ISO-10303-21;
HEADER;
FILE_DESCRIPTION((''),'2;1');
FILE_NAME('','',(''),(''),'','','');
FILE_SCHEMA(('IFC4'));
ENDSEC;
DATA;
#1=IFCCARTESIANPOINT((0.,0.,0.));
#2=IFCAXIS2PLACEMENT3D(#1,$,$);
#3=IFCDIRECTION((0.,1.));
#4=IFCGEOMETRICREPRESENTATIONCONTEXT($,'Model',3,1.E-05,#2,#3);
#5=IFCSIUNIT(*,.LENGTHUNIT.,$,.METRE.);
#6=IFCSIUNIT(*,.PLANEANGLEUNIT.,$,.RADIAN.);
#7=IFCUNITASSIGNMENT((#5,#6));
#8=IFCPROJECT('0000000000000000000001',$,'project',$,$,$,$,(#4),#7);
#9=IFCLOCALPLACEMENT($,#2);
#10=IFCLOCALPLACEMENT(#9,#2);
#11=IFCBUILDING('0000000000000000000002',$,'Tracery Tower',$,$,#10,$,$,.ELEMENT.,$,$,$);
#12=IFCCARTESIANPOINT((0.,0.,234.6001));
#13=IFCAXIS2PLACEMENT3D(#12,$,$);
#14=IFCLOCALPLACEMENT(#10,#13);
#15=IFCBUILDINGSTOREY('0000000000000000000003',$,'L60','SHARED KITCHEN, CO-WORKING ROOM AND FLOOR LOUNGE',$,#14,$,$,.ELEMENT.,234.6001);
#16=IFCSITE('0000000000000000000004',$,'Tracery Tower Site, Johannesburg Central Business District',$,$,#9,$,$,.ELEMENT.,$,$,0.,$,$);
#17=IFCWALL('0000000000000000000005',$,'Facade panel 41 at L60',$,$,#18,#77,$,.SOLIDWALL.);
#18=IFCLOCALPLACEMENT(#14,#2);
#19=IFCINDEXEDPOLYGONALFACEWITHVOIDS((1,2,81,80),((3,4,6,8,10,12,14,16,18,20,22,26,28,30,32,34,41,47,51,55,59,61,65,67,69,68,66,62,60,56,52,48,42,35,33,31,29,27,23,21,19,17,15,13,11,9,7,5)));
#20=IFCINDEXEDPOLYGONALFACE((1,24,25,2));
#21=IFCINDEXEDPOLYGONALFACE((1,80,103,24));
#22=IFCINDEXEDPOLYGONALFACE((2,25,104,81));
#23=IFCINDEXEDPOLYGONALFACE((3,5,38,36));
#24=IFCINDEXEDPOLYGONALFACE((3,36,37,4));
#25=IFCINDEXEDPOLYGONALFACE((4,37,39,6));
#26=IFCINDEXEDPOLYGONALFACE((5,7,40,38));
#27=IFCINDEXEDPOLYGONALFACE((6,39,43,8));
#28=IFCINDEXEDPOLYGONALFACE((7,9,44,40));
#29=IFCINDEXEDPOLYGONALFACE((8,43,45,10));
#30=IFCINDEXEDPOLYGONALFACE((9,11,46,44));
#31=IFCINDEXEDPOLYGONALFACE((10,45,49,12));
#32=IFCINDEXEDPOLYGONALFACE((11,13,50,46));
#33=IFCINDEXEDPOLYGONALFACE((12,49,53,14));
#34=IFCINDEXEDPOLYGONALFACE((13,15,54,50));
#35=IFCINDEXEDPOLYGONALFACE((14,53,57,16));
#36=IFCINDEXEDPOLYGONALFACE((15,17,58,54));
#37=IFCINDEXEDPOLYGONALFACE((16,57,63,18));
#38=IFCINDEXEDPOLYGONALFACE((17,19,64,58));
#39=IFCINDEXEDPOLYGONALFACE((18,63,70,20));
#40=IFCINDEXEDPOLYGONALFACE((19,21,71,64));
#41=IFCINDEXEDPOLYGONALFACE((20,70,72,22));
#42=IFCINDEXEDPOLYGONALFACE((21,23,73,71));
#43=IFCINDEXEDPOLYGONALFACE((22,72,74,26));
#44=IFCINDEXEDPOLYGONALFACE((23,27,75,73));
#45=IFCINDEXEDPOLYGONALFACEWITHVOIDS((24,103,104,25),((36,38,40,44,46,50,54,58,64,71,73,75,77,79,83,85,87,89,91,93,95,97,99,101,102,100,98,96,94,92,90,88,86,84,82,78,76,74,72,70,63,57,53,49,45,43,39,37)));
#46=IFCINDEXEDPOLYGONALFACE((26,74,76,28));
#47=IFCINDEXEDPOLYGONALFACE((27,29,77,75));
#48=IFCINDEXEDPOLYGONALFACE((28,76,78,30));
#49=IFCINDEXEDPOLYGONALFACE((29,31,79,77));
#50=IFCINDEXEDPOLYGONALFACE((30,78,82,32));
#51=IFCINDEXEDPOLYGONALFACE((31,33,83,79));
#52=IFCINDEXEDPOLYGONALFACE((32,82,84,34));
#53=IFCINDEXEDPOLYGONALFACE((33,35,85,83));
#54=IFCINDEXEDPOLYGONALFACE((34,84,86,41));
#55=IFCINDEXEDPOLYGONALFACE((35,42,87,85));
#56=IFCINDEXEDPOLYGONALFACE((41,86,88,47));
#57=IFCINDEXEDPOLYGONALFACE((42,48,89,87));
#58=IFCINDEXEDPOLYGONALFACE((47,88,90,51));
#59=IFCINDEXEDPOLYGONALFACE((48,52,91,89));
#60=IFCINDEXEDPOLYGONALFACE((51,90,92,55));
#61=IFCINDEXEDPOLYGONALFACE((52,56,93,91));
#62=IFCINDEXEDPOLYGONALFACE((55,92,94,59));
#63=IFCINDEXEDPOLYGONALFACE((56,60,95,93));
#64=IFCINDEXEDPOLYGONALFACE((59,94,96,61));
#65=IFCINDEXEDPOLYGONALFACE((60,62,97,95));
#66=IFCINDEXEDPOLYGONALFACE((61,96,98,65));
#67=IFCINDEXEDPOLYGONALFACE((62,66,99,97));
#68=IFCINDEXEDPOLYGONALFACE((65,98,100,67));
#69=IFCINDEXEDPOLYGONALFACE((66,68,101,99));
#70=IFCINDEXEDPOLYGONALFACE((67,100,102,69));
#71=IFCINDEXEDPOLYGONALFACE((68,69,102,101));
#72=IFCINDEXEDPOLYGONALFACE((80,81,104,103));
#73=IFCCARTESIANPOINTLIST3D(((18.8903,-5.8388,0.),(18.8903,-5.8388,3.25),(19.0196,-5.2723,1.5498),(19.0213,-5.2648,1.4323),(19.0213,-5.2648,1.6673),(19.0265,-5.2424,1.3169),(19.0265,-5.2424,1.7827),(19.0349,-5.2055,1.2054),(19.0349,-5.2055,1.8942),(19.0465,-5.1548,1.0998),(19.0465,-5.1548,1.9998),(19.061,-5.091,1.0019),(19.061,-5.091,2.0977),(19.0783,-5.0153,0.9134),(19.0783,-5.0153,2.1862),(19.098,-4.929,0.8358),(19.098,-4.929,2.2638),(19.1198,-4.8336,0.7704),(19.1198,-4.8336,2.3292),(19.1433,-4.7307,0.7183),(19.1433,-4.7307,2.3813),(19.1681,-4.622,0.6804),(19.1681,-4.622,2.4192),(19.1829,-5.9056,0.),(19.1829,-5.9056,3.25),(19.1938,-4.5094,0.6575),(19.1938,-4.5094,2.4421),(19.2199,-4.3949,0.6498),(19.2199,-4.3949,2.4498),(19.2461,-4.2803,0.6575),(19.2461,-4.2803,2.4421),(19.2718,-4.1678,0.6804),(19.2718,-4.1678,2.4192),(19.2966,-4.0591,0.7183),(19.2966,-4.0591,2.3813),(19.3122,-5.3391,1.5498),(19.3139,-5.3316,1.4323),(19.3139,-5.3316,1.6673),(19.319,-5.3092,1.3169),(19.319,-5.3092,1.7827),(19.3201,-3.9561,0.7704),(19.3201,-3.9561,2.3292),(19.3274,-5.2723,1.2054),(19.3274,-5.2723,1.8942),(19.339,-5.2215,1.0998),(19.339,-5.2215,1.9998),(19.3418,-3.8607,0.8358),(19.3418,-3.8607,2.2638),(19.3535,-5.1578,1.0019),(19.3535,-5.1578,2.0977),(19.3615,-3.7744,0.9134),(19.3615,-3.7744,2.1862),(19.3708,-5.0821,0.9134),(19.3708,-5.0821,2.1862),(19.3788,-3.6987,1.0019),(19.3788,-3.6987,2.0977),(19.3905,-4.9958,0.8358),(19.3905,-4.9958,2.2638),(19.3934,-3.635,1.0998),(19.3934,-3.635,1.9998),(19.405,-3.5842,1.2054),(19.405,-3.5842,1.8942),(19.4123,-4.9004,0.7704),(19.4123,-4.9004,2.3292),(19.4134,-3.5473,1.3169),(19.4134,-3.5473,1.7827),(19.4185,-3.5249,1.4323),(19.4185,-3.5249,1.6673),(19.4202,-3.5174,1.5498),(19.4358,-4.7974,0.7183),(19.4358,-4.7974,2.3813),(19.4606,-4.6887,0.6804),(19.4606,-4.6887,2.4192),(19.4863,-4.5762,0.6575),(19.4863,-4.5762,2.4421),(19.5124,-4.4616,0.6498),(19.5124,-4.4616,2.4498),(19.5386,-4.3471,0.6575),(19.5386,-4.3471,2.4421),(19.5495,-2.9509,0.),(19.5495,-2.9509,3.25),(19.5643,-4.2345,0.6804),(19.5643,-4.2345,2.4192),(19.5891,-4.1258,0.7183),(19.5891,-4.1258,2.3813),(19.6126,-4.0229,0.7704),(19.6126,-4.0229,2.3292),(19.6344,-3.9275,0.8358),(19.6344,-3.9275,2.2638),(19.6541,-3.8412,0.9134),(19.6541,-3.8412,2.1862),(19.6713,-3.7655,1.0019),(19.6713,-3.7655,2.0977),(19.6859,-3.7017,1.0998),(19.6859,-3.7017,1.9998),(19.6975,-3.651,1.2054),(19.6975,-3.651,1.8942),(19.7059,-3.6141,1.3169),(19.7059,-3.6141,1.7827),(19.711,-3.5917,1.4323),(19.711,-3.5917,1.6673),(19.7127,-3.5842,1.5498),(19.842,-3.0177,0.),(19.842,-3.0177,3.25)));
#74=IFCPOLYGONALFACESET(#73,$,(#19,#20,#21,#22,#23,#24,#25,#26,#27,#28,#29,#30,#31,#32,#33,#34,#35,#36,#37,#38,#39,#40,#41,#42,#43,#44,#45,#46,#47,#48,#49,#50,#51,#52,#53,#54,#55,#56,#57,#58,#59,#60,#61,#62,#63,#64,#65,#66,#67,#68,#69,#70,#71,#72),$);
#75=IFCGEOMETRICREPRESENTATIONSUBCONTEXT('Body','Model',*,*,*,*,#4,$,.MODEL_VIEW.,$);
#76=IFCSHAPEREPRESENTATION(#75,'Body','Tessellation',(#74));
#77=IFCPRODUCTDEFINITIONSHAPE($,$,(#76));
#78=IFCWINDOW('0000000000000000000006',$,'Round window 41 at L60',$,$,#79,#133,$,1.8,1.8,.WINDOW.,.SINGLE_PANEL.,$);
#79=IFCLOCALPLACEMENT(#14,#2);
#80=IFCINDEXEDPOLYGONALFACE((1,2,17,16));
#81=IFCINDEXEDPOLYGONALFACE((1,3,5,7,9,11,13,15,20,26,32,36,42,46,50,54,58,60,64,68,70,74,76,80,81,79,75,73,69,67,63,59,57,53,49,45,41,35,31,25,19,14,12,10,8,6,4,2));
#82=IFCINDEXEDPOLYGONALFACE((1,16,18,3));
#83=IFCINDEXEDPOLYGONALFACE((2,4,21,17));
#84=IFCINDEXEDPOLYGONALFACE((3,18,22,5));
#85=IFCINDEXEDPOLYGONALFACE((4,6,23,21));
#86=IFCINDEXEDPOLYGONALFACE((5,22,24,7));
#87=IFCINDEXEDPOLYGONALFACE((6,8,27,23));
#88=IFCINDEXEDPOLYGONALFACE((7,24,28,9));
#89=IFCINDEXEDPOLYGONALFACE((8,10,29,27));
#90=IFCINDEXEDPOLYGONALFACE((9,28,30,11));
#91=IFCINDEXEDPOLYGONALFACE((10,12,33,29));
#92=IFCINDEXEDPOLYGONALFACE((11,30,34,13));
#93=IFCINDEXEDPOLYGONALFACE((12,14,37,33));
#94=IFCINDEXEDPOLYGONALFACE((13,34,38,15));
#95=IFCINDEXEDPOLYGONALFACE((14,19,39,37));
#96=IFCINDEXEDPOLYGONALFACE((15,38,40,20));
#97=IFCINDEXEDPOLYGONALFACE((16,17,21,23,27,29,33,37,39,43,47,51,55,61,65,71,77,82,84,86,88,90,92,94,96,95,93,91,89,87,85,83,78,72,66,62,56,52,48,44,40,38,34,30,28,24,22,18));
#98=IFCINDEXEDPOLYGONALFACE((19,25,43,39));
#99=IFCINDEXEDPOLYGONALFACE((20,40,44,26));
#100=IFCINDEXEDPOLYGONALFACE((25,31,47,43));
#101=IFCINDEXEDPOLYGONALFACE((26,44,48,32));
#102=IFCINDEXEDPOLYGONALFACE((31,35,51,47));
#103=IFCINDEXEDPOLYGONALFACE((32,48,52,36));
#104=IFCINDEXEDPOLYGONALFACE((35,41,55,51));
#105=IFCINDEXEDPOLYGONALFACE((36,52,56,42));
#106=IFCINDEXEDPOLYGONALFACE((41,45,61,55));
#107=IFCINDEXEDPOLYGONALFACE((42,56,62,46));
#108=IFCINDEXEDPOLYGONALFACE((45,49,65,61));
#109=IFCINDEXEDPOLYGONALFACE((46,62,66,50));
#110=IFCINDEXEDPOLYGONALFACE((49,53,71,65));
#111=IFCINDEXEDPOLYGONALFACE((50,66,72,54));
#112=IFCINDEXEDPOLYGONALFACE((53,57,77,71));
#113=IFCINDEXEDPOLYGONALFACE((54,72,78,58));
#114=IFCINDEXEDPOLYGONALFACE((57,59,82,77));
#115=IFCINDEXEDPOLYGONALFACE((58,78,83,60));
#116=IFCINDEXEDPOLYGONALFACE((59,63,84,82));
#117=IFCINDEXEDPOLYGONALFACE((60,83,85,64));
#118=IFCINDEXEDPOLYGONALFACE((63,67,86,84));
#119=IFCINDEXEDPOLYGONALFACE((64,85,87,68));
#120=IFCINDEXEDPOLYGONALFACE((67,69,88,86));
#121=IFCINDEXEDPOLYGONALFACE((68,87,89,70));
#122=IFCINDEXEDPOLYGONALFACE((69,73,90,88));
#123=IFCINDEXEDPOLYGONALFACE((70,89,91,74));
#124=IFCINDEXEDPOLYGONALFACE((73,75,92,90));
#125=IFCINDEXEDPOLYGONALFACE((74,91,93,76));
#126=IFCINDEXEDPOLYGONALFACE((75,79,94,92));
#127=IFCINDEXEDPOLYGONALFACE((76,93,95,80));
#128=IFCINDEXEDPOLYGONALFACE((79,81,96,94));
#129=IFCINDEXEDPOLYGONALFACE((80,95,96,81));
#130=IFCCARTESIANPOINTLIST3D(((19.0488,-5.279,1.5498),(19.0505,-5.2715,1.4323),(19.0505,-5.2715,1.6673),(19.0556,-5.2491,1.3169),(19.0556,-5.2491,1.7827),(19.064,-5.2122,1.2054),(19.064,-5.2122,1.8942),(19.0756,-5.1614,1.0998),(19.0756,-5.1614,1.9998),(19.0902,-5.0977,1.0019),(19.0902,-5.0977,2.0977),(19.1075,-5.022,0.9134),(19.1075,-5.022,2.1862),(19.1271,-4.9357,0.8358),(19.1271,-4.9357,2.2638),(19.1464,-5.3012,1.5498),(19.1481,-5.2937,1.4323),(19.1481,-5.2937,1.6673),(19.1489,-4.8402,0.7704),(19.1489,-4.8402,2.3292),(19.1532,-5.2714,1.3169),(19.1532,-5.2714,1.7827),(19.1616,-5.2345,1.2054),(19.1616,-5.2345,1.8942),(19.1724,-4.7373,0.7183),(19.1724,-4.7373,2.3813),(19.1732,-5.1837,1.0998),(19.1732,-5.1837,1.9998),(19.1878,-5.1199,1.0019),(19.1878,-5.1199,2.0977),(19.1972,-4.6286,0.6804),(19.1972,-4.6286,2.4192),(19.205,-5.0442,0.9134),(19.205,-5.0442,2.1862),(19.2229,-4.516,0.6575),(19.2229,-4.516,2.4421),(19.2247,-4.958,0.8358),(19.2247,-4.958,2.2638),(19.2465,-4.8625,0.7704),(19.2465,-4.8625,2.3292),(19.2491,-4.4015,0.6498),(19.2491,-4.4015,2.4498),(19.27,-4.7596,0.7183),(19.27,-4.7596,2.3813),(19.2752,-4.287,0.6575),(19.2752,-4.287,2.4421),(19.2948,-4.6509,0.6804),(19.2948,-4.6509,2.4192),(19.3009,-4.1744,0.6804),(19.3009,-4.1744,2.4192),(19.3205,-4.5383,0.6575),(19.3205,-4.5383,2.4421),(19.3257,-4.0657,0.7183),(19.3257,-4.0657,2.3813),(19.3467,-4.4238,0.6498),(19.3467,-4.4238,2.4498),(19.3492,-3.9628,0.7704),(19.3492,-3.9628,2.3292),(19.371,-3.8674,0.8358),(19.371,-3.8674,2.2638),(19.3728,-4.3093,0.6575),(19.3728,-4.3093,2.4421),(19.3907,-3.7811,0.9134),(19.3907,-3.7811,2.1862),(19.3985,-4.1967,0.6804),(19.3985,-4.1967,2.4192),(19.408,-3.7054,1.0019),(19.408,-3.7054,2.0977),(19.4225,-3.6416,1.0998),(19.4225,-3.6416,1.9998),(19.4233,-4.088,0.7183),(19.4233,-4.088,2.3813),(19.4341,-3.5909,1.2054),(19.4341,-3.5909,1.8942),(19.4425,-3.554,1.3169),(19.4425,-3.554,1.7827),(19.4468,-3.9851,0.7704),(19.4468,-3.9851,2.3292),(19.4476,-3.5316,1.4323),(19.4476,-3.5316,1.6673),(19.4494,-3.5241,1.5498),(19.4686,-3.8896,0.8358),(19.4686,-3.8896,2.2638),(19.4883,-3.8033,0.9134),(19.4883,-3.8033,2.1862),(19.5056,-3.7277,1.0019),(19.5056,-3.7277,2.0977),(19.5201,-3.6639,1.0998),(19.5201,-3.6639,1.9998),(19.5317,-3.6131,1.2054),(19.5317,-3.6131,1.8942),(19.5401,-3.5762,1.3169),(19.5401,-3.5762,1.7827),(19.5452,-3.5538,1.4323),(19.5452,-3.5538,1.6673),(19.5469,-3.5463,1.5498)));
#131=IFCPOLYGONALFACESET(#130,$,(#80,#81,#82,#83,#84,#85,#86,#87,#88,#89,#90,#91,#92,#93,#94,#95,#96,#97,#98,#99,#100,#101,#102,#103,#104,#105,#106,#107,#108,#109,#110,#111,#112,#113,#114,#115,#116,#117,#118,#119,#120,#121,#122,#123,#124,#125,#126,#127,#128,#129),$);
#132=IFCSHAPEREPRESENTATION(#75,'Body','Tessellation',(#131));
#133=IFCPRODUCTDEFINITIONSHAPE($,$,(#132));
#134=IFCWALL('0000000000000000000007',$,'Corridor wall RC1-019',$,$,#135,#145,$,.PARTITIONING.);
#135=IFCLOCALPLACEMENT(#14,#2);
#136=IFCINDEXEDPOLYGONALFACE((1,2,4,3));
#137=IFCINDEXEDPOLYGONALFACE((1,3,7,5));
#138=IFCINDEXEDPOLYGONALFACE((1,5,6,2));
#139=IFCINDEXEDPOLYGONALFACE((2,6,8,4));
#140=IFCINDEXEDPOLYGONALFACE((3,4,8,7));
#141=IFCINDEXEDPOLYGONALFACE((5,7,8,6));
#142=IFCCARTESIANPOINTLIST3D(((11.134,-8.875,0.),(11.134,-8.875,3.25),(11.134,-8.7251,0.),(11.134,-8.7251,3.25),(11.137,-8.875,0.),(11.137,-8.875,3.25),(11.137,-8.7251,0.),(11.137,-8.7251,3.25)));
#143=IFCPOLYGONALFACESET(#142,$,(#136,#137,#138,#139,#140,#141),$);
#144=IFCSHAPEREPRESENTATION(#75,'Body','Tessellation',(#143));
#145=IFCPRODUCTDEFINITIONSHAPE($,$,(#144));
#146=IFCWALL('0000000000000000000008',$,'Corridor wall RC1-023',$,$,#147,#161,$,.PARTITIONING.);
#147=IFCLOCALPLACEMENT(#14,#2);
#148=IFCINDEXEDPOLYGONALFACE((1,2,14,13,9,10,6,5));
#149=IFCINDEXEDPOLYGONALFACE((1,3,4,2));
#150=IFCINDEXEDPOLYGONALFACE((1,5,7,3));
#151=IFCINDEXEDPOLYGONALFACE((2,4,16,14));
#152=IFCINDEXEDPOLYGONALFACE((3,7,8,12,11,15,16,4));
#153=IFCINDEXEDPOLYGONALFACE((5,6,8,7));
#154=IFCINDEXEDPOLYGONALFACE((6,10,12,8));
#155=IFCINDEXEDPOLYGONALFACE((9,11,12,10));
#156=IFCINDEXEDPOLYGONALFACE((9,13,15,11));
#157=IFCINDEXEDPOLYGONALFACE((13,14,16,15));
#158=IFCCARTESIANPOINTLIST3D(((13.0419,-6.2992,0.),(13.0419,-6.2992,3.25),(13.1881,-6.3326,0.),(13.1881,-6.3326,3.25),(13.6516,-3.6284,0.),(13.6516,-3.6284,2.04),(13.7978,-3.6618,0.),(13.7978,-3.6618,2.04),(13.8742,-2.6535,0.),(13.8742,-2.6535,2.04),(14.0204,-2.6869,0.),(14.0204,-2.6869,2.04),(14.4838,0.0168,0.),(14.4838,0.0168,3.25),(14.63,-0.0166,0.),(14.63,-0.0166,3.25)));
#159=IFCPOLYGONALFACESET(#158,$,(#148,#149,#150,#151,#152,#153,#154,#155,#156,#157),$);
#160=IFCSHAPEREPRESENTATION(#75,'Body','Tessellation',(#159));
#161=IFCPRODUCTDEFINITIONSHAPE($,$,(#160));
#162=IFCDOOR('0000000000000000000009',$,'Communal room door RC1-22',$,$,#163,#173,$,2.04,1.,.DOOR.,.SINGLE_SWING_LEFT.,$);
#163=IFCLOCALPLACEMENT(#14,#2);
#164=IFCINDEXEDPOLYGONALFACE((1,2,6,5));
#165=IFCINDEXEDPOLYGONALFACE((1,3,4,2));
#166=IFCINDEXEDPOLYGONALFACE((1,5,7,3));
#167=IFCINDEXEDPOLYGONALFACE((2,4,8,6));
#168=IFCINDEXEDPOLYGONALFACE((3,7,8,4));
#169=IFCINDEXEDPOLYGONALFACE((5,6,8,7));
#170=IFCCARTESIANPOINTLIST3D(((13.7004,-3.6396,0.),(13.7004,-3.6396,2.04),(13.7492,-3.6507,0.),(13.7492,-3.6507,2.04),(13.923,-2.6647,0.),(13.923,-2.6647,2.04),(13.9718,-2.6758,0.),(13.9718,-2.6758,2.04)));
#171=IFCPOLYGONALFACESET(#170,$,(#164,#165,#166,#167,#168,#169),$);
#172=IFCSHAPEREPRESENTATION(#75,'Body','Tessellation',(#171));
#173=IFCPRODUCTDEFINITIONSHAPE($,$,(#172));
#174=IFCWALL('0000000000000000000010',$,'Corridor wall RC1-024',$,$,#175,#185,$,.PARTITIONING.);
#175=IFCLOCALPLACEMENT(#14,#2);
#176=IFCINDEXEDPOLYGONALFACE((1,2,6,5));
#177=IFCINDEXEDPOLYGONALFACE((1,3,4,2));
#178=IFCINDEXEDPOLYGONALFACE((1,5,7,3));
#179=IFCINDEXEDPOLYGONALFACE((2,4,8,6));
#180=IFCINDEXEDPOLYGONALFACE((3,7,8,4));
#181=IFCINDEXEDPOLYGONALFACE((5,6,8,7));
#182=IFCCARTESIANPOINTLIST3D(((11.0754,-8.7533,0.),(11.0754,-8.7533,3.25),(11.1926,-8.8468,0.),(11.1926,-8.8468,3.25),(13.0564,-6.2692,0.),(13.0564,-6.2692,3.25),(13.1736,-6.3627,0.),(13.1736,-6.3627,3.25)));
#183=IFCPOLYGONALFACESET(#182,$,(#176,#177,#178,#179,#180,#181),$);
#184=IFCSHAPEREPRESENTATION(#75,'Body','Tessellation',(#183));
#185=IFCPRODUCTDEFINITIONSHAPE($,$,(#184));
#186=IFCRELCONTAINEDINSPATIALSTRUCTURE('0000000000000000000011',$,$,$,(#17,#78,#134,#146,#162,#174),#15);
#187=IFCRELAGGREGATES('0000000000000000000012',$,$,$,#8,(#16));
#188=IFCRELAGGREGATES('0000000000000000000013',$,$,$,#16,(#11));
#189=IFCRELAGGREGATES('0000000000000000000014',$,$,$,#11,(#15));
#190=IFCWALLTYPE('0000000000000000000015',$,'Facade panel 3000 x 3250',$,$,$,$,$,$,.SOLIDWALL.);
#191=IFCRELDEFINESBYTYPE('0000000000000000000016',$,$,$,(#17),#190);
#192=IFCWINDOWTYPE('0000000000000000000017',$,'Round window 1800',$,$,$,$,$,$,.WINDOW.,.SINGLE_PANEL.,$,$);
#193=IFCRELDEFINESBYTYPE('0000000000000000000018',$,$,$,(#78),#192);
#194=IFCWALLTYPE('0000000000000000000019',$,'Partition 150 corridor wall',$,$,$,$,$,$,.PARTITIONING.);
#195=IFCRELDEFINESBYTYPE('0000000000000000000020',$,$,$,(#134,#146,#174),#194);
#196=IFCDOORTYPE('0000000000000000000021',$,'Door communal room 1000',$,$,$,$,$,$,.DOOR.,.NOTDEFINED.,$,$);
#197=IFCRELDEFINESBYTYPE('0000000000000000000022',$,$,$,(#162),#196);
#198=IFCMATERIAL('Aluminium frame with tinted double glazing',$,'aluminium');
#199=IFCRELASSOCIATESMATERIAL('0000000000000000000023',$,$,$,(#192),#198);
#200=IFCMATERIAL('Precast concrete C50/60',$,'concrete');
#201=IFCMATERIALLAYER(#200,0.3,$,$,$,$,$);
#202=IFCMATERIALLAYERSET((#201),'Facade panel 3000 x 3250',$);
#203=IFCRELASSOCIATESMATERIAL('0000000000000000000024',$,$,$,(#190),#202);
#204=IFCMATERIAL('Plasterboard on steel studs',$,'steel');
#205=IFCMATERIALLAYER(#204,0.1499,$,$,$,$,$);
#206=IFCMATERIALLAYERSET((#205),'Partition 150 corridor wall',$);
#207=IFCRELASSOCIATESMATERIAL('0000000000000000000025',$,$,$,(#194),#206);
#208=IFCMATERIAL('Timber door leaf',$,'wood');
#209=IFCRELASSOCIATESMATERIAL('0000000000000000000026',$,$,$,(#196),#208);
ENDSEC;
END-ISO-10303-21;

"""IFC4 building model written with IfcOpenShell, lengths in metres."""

from ifc_helpers import new_model, si_unit, direction, frame, frame_2d, origin, origin_2d, place, context, subcontext, project, spatial, rectangle, circle, extrude, material, layer, layer_set, type_object, element, fill, save


model = new_model("IFC4")

# Units and contexts
model_context = context("Model", 3, precision=1e-05, world=origin(), true_north=direction((0.0, 1.0)))
body_context = subcontext(model_context, "Body", "Model", "MODEL_VIEW")
ifc_project = project(units=[si_unit("LENGTHUNIT", "METRE"), si_unit("PLANEANGLEUNIT", "RADIAN")], contexts=[model_context])

# Site, building, storey
site_placement = place(None, origin())
site = spatial("IfcSite", under=ifc_project, at=site_placement, Name="Tracery Tower Site, Johannesburg Central Business District", CompositionType="ELEMENT", RefElevation=0.0)
building_placement = place(site_placement, origin())
building = spatial("IfcBuilding", under=site, at=building_placement, Name="Tracery Tower", CompositionType="ELEMENT")
storey_placement = place(building_placement, frame((0.0, 0.0, 234.6001)))
storey = spatial("IfcBuildingStorey", under=building, at=storey_placement, Name="L60", Description="SHARED KITCHEN, CO-WORKING ROOM AND FLOOR LOUNGE", CompositionType="ELEMENT", Elevation=234.6001)

# Wall, opening, window
ifc_material_1 = material(Name="Aluminium frame with tinted double glazing", Category="aluminium")
window_type = type_object("IfcWindowType", Name="Round window 1800", PartitioningType="SINGLE_PANEL", PredefinedType="WINDOW", material=ifc_material_1)
ifc_material_2 = material(Name="Precast concrete C50/60", Category="concrete")
ifc_layer_1 = layer(ifc_material_2, 0.3)
ifc_layer_set_1 = layer_set([ifc_layer_1], Name="Facade panel 3000 x 3250")
wall_type_1 = type_object("IfcWallType", Name="Facade panel 3000 x 3250", PredefinedType="SOLIDWALL", material=ifc_layer_set_1)
wall_1_placement = place(storey_placement, frame((19.0366, -5.8721, 0.0), z_axis=(0.0, 0.0, 1.0), x_axis=(0.222529, 0.974926, 0.0)))
wall_1 = element("IfcWall", 1, at=wall_1_placement, inside=storey, type_object=wall_type_1, Name="Facade panel 41 at L60", PredefinedType="SOLIDWALL", context=body_context, shape_type="SweptSolid", body=[
    extrude(rectangle(XDim=2.9622, YDim=0.3, at=frame_2d((1.481, 0.0))), origin(), (0.0, 0.0, 1.0), 3.25),
])
opening_1_placement = place(wall_1_placement, frame((1.481, 0.0, 1.5498)))
opening_1 = element("IfcOpeningElement", 2, at=opening_1_placement, cuts=wall_1, PredefinedType="OPENING", context=body_context, shape_type="SweptSolid", body=[
    extrude(circle(Radius=0.9, at=origin_2d()), frame((0.0, 0.1599, 0.0), z_axis=(0.0, -1.0, 0.0), x_axis=(1.0, 0.0, 0.0)), (0.0, 0.0, 1.0), 0.3201),
])
window_1_placement = place(opening_1_placement, origin())
window_1 = element("IfcWindow", 3, at=window_1_placement, inside=storey, type_object=window_type, Name="Round window 41 at L60", OverallHeight=1.8, OverallWidth=1.8, PartitioningType="SINGLE_PANEL", PredefinedType="WINDOW", context=body_context, shape_type="SweptSolid", body=[
    extrude(circle(Radius=0.9, at=origin_2d()), frame((0.0, 0.1201, 0.0), z_axis=(0.0, -1.0, 0.0), x_axis=(1.0, 0.0, 0.0)), (0.0, 0.0, 1.0), 0.1001),
])
fill(opening_1, window_1)

# Wall
ifc_material_3 = material(Name="Plasterboard on steel studs", Category="steel")
ifc_layer_2 = layer(ifc_material_3, 0.1499)
ifc_layer_set_2 = layer_set([ifc_layer_2], Name="Partition 150 corridor wall")
wall_type_2 = type_object("IfcWallType", Name="Partition 150 corridor wall", PredefinedType="PARTITIONING", material=ifc_layer_set_2)
wall_2_placement = place(storey_placement, frame((11.137, -8.8, 0.0), z_axis=(0.0, 0.0, 1.0), x_axis=(-1.0, 0.0, 0.0)))
element("IfcWall", 4, at=wall_2_placement, inside=storey, type_object=wall_type_2, Name="Corridor wall RC1-019", PredefinedType="PARTITIONING", context=body_context, shape_type="SweptSolid", body=[
    extrude(rectangle(XDim=0.0029, YDim=0.1499, at=frame_2d((0.0015, 0.0))), origin(), (0.0, 0.0, 1.0), 3.25),
])

# Wall, opening, door
wall_3_placement = place(storey_placement, frame((13.115, -6.3159, 0.0), z_axis=(0.0, 0.0, 1.0), x_axis=(0.222569, 0.974917, 0.0)))
wall_3 = element("IfcWall", 5, at=wall_3_placement, inside=storey, type_object=wall_type_2, Name="Corridor wall RC1-023", PredefinedType="PARTITIONING", context=body_context, shape_type="SweptSolid", body=[
    extrude(rectangle(XDim=6.4785, YDim=0.1499, at=frame_2d((3.2393, 0.0))), origin(), (0.0, 0.0, 1.0), 3.25),
])
opening_2_placement = place(wall_3_placement, frame((2.7395, 0.0, 0.0)))
opening_2 = element("IfcOpeningElement", 6, at=opening_2_placement, cuts=wall_3, PredefinedType="OPENING", context=body_context, shape_type="SweptSolid", body=[
    extrude(rectangle(XDim=1.0, YDim=2.04, at=frame_2d((0.5, 1.02))), frame((0.0, 0.075, 0.0), z_axis=(0.0, -1.0, 0.0), x_axis=(1.0, 0.0, 0.0)), (0.0, 0.0, 1.0), 0.1499),
])
ifc_material_4 = material(Name="Timber door leaf", Category="wood")
door_type_1 = type_object("IfcDoorType", Name="Door communal room 1000", OperationType="NOTDEFINED", PredefinedType="DOOR", material=ifc_material_4)
door_1_placement = place(opening_2_placement, origin())
door_1 = element("IfcDoor", 7, at=door_1_placement, inside=storey, type_object=door_type_1, Name="Communal room door RC1-22", OperationType="SINGLE_SWING_LEFT", OverallHeight=2.04, OverallWidth=1.0, PredefinedType="DOOR", context=body_context, shape_type="SweptSolid", body=[
    extrude(rectangle(XDim=1.0, YDim=2.04, at=frame_2d((0.5, 1.02))), frame((0.0, 0.0249, 0.0), z_axis=(0.0, -1.0, 0.0), x_axis=(1.0, 0.0, 0.0)), (0.0, 0.0, 1.0), 0.05),
])
fill(opening_2, door_1)

# Wall
wall_4_placement = place(storey_placement, frame((11.134, -8.8, 0.0), z_axis=(0.0, 0.0, 1.0), x_axis=(0.623476, 0.781842, 0.0)))
element("IfcWall", 8, at=wall_4_placement, inside=storey, type_object=wall_type_2, Name="Corridor wall RC1-024", PredefinedType="PARTITIONING", context=body_context, shape_type="SweptSolid", body=[
    extrude(rectangle(XDim=3.1772, YDim=0.1499, at=frame_2d((1.5886, 0.0))), origin(), (0.0, 0.0, 1.0), 3.25),
])

save(model, "model.ifc")
